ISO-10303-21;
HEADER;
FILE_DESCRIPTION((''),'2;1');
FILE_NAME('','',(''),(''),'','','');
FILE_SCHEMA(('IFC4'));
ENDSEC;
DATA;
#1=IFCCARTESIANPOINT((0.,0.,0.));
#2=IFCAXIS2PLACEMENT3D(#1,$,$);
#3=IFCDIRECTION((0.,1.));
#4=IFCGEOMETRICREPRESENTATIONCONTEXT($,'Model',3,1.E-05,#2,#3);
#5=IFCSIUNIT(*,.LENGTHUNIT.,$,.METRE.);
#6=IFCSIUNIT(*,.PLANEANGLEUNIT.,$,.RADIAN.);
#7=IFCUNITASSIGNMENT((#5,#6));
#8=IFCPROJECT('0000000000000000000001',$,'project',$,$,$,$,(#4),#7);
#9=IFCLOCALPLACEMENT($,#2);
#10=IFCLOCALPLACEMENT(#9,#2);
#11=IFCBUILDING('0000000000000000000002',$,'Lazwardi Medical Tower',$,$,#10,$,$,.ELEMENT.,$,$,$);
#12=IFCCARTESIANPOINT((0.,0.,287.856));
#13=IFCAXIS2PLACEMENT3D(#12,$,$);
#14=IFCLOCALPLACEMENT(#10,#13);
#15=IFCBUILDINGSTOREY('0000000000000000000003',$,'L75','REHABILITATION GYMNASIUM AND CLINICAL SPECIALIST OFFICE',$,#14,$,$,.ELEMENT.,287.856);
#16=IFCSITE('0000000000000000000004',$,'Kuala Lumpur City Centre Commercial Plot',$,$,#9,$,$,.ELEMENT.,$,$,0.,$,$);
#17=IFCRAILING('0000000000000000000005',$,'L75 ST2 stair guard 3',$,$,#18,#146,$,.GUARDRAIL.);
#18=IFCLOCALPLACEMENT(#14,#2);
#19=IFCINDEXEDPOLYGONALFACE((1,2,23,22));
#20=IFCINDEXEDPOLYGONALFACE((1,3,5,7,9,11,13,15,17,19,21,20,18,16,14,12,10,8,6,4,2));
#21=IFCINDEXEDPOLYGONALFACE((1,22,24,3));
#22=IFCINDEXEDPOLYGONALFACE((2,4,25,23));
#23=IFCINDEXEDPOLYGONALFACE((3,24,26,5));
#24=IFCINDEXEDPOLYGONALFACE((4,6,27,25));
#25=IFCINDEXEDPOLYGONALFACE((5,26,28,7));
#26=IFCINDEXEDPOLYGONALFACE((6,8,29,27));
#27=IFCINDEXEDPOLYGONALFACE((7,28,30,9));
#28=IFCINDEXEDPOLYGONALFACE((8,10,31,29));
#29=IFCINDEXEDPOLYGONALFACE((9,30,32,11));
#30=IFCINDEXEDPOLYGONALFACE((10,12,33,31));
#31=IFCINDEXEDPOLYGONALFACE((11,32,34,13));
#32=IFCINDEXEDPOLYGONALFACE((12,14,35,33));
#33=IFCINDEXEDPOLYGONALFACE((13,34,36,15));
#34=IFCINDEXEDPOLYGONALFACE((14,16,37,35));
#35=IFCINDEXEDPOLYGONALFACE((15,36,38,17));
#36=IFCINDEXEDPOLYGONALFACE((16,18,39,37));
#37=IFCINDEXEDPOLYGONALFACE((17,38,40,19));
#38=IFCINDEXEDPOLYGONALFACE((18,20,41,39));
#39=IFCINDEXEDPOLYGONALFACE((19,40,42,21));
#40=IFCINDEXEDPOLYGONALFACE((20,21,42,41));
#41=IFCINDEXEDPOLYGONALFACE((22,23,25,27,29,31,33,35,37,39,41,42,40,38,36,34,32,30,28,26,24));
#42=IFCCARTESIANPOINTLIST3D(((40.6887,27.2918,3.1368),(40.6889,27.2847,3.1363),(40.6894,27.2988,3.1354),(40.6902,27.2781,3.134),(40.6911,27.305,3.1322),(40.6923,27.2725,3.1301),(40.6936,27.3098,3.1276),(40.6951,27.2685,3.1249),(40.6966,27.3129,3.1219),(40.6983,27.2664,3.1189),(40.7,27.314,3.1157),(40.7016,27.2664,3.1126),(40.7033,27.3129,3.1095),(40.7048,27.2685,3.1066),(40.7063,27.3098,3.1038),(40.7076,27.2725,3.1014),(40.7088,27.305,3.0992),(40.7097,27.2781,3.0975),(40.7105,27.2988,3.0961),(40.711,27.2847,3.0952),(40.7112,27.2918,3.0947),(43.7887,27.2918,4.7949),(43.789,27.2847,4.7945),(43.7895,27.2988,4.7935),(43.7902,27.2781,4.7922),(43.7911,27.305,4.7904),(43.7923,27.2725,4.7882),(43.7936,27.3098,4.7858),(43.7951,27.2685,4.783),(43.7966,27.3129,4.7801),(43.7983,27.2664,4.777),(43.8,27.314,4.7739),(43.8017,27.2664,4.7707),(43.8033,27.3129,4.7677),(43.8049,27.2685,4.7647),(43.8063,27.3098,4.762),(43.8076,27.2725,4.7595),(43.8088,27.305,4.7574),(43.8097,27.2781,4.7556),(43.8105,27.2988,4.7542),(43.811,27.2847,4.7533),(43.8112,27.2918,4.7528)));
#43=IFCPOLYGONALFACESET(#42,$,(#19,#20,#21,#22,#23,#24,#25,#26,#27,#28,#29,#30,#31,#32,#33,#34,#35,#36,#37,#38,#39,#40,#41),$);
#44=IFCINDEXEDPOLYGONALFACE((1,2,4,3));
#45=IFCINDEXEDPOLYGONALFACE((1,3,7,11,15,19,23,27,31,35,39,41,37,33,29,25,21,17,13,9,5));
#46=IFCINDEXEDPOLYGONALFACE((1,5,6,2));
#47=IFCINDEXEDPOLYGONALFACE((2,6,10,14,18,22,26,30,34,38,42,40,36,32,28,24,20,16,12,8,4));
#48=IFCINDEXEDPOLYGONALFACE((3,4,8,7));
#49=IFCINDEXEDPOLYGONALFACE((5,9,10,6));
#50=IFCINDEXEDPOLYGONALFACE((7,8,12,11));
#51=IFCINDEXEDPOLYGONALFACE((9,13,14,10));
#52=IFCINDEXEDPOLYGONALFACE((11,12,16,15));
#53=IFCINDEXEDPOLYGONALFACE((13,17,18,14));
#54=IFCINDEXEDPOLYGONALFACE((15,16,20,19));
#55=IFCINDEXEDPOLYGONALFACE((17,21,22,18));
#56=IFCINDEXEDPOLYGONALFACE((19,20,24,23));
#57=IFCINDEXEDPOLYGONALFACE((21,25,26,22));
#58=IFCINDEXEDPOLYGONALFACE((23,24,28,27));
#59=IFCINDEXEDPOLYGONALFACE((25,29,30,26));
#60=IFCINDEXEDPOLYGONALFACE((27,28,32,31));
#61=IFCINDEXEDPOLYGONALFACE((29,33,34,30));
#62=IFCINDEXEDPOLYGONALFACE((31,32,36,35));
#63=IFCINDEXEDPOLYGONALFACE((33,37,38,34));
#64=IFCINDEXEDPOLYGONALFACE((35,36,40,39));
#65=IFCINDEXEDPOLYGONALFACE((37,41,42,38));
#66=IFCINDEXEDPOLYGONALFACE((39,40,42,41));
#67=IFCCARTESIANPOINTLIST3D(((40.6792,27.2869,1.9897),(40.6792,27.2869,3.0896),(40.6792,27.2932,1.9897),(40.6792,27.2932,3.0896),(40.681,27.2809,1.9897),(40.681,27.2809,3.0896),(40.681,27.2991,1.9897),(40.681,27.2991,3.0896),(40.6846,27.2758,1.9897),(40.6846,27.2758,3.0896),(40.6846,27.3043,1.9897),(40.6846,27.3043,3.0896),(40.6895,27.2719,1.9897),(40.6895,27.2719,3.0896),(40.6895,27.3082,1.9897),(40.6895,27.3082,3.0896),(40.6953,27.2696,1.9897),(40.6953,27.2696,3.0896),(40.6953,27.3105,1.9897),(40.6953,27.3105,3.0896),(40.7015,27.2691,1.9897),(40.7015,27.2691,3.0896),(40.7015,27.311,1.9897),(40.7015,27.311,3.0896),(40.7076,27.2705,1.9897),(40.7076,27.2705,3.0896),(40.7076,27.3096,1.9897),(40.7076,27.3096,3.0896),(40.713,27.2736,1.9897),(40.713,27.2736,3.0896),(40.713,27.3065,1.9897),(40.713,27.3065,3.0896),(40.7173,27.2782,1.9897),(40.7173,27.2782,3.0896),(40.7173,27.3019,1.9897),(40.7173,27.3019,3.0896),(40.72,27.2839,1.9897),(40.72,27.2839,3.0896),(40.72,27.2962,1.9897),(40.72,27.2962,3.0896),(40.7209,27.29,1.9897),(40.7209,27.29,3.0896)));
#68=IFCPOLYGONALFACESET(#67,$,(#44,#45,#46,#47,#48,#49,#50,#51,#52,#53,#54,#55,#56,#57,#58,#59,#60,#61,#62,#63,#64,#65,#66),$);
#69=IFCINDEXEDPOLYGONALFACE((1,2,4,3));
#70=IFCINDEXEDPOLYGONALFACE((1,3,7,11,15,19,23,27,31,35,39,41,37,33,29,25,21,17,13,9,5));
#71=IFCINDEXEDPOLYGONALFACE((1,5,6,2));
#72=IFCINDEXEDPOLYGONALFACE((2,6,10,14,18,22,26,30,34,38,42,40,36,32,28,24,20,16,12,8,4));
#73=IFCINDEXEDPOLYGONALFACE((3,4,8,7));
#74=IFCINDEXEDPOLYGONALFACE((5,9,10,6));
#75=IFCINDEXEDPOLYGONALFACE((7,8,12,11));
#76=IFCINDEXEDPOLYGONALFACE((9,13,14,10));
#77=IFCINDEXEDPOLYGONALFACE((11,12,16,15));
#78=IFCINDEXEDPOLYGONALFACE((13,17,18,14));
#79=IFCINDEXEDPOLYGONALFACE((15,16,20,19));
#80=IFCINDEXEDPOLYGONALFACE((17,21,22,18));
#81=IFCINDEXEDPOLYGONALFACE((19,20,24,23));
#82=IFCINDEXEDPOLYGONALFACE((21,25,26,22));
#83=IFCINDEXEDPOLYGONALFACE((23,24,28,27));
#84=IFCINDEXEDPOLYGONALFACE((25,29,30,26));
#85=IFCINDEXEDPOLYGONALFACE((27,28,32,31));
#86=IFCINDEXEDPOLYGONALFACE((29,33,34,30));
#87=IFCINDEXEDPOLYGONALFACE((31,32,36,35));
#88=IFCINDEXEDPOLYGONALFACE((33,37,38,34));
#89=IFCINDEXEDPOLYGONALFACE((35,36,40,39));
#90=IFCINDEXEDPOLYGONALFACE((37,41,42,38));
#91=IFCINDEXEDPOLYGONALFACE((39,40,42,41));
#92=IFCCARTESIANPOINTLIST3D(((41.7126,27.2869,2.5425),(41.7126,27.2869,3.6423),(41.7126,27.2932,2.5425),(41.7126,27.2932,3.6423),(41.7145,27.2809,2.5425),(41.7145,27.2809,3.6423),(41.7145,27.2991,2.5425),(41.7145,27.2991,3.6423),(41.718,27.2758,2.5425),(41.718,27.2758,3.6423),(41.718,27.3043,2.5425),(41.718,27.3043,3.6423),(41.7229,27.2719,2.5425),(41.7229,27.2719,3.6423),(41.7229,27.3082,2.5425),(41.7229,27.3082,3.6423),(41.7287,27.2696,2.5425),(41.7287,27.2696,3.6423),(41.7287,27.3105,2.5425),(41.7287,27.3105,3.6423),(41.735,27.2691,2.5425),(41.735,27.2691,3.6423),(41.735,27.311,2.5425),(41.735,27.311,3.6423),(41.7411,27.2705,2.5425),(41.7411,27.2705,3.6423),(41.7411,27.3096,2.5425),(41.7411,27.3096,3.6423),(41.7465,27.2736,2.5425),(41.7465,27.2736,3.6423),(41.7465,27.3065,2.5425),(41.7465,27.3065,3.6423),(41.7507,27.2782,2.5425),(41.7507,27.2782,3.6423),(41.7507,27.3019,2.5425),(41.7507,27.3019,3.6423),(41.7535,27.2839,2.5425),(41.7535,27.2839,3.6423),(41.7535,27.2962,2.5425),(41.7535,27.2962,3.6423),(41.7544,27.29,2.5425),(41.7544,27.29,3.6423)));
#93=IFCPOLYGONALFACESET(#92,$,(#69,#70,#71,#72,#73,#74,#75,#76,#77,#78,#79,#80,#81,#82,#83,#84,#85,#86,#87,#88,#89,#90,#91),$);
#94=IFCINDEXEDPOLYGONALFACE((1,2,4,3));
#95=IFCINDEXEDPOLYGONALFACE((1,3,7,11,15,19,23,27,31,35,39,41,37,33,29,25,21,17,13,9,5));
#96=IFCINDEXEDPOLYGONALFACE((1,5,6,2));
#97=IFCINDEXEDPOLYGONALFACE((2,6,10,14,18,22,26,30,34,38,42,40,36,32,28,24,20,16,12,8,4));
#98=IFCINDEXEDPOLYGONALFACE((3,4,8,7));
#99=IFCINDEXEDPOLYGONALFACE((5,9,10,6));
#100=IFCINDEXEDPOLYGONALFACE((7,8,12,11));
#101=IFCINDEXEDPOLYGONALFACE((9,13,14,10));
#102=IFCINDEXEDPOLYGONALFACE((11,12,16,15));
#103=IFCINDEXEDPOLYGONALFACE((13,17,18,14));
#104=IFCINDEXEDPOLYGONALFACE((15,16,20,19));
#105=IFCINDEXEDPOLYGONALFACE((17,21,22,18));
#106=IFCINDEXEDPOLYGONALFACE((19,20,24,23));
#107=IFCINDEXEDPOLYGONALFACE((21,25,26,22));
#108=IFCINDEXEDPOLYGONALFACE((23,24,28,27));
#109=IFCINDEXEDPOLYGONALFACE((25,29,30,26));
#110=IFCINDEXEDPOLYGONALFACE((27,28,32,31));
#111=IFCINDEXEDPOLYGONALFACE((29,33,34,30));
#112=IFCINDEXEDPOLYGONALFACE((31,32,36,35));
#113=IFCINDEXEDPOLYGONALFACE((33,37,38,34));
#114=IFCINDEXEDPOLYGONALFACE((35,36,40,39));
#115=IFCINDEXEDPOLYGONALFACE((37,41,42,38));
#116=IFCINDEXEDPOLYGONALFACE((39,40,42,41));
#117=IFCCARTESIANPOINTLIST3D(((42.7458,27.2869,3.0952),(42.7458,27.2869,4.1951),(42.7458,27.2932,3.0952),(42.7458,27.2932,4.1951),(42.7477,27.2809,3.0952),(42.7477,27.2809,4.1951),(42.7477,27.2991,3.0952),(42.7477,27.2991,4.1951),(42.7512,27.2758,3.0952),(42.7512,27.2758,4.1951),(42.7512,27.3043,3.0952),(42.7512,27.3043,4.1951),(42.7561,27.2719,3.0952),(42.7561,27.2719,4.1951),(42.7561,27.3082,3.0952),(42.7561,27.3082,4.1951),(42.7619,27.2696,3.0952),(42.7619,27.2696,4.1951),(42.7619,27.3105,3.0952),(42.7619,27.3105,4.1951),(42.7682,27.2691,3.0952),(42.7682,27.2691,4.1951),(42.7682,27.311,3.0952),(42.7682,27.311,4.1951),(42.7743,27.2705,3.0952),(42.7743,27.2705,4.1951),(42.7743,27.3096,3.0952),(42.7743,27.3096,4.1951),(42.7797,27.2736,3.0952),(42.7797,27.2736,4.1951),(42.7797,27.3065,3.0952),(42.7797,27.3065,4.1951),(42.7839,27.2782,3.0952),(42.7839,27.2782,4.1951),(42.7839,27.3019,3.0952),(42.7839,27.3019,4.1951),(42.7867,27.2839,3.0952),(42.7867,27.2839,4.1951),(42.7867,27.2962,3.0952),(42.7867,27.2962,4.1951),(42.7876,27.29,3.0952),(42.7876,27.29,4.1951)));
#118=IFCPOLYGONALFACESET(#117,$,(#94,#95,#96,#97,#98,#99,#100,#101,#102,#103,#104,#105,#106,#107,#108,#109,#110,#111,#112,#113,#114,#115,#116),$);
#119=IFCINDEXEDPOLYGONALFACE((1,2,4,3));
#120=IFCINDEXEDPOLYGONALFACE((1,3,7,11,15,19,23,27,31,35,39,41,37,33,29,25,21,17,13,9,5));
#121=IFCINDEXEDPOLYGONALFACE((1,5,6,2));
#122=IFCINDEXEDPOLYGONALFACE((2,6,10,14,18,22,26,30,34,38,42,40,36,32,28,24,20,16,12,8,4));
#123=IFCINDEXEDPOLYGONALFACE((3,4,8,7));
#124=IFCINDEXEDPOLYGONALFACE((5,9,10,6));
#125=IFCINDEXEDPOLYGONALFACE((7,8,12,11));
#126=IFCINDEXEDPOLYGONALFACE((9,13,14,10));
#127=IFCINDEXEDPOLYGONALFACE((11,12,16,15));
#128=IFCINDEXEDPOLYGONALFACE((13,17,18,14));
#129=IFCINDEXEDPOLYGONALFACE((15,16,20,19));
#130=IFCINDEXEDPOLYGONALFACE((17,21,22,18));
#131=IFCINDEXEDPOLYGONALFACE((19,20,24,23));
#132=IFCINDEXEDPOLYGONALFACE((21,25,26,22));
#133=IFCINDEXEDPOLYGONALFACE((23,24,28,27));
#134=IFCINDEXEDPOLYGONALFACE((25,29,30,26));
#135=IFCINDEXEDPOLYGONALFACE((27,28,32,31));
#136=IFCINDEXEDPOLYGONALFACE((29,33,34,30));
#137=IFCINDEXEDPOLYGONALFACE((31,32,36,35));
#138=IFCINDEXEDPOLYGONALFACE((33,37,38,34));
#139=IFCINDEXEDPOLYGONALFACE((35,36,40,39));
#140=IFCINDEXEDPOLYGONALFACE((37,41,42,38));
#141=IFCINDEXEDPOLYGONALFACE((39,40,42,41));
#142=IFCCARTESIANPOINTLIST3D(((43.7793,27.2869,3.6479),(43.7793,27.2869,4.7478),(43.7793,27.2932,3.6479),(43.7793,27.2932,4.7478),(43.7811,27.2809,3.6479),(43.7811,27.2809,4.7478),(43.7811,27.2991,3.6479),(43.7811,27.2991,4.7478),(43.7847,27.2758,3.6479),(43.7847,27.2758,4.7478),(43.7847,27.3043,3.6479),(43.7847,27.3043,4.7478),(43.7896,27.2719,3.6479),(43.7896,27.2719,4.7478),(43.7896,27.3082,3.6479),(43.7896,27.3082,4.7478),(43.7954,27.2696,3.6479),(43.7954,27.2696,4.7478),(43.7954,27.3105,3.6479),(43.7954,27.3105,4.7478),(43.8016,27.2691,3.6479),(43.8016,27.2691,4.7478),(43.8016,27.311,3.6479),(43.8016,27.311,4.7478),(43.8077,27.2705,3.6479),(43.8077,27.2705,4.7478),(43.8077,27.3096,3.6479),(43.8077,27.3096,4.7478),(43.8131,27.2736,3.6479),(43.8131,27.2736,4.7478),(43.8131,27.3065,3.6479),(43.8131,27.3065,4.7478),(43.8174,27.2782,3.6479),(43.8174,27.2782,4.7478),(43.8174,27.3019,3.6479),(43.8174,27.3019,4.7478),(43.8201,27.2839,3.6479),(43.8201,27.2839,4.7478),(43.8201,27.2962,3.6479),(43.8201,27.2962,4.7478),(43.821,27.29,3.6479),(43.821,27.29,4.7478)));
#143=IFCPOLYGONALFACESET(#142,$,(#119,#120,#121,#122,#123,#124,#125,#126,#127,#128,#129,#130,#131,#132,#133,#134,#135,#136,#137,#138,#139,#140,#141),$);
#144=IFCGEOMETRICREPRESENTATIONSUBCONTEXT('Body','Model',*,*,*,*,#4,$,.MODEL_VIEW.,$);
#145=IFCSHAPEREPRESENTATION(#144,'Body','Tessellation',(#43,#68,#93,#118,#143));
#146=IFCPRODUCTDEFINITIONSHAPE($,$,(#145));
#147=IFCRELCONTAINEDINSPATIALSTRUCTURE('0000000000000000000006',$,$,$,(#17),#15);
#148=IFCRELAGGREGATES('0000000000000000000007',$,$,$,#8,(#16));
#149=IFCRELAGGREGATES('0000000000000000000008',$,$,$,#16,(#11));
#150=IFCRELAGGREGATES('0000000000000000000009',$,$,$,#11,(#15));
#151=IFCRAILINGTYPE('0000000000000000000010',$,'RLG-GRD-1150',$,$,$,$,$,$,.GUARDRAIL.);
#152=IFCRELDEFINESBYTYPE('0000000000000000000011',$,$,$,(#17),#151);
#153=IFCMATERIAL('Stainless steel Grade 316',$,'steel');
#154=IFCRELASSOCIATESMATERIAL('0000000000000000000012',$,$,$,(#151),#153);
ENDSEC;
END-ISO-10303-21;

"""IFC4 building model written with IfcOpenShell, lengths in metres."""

from ifc_helpers import new_model, si_unit, direction, frame, origin, origin_2d, place, context, subcontext, project, spatial, circle, extrude, material, type_object, element, save


model = new_model("IFC4")

# Units and contexts
model_context = context("Model", 3, precision=1e-05, world=origin(), true_north=direction((0.0, 1.0)))
body_context = subcontext(model_context, "Body", "Model", "MODEL_VIEW")
ifc_project = project(units=[si_unit("LENGTHUNIT", "METRE"), si_unit("PLANEANGLEUNIT", "RADIAN")], contexts=[model_context])

# Site, building, storey
site_placement = place(None, origin())
site = spatial("IfcSite", under=ifc_project, at=site_placement, Name="Kuala Lumpur City Centre Commercial Plot", CompositionType="ELEMENT", RefElevation=0.0)
building_placement = place(site_placement, origin())
building = spatial("IfcBuilding", under=site, at=building_placement, Name="Lazwardi Medical Tower", CompositionType="ELEMENT")
storey_placement = place(building_placement, frame((0.0, 0.0, 287.856)))
storey = spatial("IfcBuildingStorey", under=building, at=storey_placement, Name="L75", Description="REHABILITATION GYMNASIUM AND CLINICAL SPECIALIST OFFICE", CompositionType="ELEMENT", Elevation=287.856)

# Railing
ifc_material_1 = material(Name="Stainless steel Grade 316", Category="steel")
railing_type_1 = type_object("IfcRailingType", Name="RLG-GRD-1150", PredefinedType="GUARDRAIL", material=ifc_material_1)
railing_1_placement = place(storey_placement, frame((40.7, 27.29, 1.9897)))
element("IfcRailing", 1, at=railing_1_placement, inside=storey, type_object=railing_type_1, Name="L75 ST2 stair guard 3", PredefinedType="GUARDRAIL", context=body_context, shape_type="SweptSolid", body=[
    extrude(circle(Radius=0.0239, at=origin_2d()), frame((0.0, 0.0, 1.126), z_axis=(0.881783, 0.0, 0.471655), x_axis=(0.0, 1.0, 0.0)), (0.0, 0.0, 1.0), 3.5156),
    extrude(circle(Radius=0.021, at=origin_2d()), origin(), (0.0, 0.0, 1.0), 1.0999),
    extrude(circle(Radius=0.021, at=origin_2d()), frame((1.0334, 0.0, 0.5527)), (0.0, 0.0, 1.0), 1.0999),
    extrude(circle(Radius=0.021, at=origin_2d()), frame((2.0667, 0.0, 1.1055)), (0.0, 0.0, 1.0), 1.0999),
    extrude(circle(Radius=0.021, at=origin_2d()), frame((3.1001, 0.0, 1.6582)), (0.0, 0.0, 1.0), 1.0999),
])

save(model, "model.ifc")
